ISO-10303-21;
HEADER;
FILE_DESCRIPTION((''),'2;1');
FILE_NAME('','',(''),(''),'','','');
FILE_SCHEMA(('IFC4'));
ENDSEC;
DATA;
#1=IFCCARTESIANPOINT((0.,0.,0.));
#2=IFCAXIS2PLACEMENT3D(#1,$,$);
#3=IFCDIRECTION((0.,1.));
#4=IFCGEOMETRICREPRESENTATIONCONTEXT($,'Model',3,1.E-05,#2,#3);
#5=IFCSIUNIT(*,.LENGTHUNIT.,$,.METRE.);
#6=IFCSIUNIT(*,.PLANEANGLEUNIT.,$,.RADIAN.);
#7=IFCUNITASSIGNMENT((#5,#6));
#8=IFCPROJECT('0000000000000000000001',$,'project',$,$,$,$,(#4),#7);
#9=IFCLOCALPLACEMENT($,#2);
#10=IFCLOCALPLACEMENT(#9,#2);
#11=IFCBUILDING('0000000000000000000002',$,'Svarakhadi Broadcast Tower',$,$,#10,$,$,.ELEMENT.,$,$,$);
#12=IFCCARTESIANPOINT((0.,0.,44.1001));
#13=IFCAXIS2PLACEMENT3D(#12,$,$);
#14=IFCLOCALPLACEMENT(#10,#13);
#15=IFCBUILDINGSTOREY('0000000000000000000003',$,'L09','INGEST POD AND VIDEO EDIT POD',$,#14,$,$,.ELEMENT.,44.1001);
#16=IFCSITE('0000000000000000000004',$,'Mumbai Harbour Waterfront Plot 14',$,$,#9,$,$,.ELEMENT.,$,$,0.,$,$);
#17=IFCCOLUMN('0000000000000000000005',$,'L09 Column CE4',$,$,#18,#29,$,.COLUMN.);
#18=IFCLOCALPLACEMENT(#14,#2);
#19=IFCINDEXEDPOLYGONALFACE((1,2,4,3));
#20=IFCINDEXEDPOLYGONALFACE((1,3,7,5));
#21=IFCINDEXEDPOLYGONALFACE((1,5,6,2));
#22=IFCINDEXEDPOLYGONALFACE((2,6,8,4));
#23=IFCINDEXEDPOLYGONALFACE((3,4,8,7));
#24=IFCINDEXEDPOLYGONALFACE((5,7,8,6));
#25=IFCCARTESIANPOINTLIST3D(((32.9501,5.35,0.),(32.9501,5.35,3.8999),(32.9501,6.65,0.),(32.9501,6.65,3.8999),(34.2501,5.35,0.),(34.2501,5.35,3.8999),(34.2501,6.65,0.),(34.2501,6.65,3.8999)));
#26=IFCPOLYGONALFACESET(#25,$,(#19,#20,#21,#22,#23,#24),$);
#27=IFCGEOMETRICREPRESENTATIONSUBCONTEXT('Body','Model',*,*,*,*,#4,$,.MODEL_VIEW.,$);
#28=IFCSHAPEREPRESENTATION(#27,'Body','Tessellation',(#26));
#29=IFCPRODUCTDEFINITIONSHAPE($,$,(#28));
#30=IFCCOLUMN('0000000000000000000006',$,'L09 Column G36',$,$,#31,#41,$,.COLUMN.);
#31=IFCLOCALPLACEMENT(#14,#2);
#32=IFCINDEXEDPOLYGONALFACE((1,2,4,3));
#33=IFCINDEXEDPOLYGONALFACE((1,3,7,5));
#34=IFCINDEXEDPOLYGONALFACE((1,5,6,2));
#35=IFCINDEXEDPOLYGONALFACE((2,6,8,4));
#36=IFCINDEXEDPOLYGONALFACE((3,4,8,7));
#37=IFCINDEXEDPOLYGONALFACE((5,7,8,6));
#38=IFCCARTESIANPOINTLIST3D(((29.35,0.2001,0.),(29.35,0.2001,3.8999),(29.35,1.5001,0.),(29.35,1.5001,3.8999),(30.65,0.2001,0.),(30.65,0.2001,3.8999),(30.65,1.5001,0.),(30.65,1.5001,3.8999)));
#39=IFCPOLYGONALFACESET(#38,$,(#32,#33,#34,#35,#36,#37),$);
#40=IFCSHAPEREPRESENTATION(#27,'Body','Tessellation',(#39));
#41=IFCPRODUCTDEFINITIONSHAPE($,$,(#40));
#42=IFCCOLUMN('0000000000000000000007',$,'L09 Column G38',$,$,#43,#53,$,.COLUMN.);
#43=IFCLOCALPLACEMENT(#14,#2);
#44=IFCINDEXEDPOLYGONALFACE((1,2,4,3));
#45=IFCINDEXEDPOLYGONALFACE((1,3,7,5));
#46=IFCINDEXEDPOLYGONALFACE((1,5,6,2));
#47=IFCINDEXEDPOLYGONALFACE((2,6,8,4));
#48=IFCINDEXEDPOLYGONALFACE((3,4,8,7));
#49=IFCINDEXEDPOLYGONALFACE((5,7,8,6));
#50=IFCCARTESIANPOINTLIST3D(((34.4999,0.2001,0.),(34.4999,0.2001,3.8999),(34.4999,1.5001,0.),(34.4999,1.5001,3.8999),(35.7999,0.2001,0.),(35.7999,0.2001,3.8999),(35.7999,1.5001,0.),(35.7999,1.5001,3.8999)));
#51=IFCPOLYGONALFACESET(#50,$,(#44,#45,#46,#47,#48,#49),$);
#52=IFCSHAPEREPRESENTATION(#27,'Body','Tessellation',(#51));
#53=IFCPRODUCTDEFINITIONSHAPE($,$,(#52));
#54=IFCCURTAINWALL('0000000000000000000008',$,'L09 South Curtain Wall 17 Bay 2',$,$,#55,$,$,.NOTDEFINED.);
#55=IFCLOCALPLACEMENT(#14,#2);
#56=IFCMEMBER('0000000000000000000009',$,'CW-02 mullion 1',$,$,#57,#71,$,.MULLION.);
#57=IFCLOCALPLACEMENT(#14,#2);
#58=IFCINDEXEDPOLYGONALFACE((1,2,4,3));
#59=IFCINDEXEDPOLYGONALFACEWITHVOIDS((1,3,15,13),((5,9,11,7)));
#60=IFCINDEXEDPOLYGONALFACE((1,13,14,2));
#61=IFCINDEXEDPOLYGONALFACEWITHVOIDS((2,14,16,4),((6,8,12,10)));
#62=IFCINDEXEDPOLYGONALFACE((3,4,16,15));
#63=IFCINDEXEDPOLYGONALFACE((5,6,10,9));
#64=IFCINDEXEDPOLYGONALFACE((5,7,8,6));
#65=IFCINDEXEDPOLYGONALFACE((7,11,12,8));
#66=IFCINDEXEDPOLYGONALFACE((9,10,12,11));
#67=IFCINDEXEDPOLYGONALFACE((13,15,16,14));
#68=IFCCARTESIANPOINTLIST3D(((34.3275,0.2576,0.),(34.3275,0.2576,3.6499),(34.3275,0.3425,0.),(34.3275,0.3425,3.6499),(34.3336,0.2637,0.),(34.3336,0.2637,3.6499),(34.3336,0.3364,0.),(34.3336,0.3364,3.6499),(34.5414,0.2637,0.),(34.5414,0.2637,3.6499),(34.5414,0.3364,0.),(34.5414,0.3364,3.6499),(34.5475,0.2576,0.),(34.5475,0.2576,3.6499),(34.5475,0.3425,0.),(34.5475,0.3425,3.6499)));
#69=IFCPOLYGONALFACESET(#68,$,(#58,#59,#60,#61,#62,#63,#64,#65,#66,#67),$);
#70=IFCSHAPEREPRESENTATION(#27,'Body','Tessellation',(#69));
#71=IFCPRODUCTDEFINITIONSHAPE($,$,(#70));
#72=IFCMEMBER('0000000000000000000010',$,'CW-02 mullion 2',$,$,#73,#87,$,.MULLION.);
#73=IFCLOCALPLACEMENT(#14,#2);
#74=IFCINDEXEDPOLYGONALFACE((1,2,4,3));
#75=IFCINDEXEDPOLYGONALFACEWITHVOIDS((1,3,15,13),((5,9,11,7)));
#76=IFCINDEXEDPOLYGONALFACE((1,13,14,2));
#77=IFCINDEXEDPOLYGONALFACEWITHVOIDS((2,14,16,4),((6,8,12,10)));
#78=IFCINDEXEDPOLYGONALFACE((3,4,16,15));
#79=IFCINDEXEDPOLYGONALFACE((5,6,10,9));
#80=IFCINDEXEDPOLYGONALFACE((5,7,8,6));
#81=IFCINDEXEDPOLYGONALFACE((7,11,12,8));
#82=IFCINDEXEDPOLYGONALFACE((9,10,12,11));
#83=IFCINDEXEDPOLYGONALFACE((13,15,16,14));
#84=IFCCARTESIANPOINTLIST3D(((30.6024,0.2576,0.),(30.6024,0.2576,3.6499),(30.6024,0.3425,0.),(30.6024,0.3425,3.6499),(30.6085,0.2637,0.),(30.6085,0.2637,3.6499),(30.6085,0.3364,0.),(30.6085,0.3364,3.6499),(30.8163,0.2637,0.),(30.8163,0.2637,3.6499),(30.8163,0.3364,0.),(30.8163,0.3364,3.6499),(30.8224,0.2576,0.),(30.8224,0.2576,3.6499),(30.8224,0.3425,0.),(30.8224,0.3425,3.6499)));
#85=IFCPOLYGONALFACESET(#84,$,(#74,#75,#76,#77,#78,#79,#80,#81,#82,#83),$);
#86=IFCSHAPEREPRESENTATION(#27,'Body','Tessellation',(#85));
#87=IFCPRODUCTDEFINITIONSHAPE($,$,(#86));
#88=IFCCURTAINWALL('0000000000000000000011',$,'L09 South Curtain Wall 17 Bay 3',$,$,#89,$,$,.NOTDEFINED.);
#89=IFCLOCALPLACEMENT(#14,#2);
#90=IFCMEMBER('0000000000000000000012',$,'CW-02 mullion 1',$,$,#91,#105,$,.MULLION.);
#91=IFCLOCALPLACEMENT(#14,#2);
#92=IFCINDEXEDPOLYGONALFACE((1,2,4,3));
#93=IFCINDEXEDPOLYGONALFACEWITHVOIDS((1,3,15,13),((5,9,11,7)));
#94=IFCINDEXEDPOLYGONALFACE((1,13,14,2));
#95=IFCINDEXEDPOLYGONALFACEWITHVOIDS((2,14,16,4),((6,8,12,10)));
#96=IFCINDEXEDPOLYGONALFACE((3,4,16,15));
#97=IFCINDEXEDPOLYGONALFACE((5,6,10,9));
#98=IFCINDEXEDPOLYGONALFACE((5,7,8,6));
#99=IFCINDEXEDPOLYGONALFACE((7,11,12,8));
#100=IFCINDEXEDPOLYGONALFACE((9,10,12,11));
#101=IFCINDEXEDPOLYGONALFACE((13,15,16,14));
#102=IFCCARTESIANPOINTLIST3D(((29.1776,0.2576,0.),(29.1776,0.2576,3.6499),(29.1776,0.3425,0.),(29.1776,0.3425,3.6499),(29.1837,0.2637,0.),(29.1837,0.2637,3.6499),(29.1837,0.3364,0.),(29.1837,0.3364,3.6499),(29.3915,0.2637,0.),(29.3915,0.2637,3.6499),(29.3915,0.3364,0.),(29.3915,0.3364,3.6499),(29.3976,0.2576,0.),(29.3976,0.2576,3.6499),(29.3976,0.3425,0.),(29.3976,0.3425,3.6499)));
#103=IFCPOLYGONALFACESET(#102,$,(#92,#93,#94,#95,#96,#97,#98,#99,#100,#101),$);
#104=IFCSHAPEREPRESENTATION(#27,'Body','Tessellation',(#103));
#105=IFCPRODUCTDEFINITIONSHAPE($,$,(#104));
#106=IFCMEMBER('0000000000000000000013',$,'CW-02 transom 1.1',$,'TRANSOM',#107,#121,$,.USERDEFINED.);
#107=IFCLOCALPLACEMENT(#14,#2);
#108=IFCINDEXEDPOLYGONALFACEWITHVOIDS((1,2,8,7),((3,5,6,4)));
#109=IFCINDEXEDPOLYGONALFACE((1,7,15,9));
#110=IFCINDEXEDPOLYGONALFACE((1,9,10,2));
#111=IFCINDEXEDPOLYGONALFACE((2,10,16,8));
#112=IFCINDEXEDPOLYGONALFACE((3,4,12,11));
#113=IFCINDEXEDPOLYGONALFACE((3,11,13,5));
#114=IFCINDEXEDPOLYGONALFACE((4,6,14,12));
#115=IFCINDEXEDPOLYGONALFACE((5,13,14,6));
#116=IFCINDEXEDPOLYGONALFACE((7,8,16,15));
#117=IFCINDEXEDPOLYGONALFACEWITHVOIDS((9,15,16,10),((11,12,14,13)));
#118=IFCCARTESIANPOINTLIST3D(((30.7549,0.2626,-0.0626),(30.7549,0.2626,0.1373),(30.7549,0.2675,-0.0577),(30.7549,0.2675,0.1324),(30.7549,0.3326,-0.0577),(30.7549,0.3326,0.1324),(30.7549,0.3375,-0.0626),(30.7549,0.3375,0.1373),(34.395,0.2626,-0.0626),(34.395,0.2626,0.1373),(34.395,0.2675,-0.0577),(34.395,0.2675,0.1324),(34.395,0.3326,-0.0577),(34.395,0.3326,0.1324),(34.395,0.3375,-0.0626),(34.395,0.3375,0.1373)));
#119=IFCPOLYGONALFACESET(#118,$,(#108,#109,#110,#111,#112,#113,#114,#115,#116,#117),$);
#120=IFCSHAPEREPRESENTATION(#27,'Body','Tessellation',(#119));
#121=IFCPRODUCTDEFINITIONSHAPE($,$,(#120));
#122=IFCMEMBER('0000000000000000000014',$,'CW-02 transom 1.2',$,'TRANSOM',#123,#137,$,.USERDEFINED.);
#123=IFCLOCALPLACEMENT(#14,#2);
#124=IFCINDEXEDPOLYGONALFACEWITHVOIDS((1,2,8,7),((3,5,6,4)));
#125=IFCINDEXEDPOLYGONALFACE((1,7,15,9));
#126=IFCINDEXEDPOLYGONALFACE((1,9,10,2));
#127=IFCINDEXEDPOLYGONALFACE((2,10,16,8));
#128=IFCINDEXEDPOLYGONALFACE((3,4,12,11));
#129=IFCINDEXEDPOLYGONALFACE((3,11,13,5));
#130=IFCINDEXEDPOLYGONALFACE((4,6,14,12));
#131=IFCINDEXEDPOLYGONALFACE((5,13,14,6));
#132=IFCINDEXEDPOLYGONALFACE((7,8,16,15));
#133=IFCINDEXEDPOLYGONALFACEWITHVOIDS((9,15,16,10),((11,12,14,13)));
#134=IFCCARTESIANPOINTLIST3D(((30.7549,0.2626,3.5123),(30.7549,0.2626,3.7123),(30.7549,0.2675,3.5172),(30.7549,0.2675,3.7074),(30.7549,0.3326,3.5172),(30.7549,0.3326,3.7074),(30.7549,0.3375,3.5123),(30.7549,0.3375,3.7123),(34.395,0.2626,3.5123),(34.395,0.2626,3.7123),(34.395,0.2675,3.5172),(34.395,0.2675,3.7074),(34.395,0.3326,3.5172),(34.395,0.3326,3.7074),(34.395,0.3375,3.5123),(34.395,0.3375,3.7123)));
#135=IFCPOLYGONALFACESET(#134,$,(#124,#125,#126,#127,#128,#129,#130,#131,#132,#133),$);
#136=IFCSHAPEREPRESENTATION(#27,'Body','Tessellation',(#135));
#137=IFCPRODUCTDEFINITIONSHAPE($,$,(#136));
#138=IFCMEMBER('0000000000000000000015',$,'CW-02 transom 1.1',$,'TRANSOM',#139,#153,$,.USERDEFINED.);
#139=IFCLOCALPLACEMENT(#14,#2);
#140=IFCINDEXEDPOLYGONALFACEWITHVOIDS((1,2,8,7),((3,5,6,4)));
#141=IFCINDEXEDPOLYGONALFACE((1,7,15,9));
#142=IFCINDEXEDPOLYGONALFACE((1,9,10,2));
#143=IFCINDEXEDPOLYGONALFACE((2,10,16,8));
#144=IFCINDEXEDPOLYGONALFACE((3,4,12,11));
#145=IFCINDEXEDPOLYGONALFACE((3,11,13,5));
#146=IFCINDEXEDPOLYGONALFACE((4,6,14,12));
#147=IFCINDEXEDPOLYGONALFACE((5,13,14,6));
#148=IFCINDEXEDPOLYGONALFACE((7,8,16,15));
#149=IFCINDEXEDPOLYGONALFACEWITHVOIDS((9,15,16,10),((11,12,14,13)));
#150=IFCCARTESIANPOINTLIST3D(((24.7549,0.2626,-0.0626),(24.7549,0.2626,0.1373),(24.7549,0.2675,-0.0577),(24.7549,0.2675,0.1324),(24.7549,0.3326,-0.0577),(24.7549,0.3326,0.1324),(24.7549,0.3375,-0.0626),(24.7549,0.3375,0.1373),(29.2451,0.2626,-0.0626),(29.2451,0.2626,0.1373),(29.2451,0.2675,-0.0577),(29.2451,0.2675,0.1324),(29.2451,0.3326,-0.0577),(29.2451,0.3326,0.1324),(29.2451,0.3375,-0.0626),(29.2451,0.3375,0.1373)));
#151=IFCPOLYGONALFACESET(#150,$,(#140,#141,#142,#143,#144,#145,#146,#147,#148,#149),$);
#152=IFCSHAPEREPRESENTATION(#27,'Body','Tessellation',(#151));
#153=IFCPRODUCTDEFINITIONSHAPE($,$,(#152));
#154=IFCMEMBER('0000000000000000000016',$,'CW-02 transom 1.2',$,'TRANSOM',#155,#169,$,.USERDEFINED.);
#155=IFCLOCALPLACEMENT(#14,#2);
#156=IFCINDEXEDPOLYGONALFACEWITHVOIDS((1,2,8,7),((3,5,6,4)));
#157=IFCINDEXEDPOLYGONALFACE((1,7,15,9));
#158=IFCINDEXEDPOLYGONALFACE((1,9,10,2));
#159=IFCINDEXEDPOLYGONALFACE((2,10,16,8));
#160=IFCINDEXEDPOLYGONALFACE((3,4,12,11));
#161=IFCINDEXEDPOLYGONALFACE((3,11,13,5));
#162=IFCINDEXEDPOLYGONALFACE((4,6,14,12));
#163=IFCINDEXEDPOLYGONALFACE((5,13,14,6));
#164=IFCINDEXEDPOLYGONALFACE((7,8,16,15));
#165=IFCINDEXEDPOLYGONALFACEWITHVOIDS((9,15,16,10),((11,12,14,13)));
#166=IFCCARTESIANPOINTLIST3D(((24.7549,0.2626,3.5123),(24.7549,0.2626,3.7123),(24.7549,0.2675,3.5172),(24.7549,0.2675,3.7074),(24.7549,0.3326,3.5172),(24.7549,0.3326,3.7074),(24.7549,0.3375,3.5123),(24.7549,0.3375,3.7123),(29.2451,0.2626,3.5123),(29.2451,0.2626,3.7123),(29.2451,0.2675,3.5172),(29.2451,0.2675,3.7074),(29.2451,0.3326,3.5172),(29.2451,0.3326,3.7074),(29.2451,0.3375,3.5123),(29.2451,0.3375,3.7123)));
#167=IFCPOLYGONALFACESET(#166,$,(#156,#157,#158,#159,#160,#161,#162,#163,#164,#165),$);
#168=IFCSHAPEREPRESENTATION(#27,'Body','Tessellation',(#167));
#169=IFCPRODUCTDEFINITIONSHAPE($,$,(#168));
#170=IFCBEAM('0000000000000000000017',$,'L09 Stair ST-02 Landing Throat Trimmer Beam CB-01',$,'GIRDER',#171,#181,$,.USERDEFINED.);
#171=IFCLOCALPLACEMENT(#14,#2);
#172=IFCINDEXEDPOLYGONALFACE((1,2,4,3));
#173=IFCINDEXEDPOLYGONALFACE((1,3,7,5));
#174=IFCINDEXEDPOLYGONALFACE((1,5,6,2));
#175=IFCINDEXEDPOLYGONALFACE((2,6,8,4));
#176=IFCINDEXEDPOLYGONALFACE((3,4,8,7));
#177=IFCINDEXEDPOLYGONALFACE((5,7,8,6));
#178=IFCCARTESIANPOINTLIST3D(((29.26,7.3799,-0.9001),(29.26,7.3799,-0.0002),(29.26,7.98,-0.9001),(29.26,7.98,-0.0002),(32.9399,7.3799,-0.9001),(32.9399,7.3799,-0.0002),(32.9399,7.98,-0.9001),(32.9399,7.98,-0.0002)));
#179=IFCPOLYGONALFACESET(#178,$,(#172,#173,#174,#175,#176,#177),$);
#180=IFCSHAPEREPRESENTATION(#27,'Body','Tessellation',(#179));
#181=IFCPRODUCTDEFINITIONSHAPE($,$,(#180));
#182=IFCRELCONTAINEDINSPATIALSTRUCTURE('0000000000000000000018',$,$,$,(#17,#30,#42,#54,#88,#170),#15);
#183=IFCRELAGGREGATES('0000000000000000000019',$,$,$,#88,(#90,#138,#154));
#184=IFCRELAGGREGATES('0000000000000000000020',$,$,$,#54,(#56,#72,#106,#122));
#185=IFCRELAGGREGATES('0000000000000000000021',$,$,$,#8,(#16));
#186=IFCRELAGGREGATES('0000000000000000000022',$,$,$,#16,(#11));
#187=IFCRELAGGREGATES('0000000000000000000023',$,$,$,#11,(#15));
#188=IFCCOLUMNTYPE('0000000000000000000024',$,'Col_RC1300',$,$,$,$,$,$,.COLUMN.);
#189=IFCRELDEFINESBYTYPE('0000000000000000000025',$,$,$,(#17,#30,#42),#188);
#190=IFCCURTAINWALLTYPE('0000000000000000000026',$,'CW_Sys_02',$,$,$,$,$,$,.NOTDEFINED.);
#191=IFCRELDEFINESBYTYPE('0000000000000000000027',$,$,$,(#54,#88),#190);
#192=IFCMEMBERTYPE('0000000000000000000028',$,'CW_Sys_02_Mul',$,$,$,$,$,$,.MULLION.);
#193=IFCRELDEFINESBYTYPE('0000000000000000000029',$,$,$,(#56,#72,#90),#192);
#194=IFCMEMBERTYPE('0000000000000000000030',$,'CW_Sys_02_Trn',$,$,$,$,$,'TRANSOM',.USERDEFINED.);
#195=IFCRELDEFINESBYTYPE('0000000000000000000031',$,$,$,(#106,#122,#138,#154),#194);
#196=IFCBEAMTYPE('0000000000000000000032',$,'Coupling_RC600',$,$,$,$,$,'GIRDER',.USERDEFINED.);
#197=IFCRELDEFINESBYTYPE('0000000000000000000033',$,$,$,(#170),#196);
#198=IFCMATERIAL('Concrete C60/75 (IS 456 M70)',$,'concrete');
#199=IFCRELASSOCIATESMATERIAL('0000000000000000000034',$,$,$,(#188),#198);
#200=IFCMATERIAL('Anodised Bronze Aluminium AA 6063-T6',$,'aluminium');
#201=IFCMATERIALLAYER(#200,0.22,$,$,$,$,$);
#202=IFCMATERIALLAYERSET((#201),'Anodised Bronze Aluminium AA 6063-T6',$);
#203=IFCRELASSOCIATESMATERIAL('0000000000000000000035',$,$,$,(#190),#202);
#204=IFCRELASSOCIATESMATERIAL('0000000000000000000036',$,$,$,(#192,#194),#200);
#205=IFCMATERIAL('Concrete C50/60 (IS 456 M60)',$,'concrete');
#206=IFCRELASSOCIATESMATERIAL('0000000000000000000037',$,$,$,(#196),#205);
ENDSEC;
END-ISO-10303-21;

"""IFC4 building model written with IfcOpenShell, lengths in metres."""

from ifc_helpers import new_model, si_unit, direction, frame, origin, origin_2d, place, context, subcontext, project, spatial, rectangle, hollow_rectangle, extrude, material, layer, layer_set, material_profile, profile_set, type_object, element, aggregate, save


model = new_model("IFC4")

# Units and contexts
model_context = context("Model", 3, precision=1e-05, world=origin(), true_north=direction((0.0, 1.0)))
body_context = subcontext(model_context, "Body", "Model", "MODEL_VIEW")
ifc_project = project(units=[si_unit("LENGTHUNIT", "METRE"), si_unit("PLANEANGLEUNIT", "RADIAN")], contexts=[model_context])

# Site, building, storey
site_placement = place(None, origin())
site = spatial("IfcSite", under=ifc_project, at=site_placement, Name="Mumbai Harbour Waterfront Plot 14", CompositionType="ELEMENT", RefElevation=0.0)
building_placement = place(site_placement, origin())
building = spatial("IfcBuilding", under=site, at=building_placement, Name="Svarakhadi Broadcast Tower", CompositionType="ELEMENT")
storey_placement = place(building_placement, frame((0.0, 0.0, 44.1001)))
storey = spatial("IfcBuildingStorey", under=building, at=storey_placement, Name="L09", Description="INGEST POD AND VIDEO EDIT POD", CompositionType="ELEMENT", Elevation=44.1001)

# Columns
ifc_material_1 = material(Name="Concrete C60/75 (IS 456 M70)", Category="concrete")
ifc_material_profile_1 = material_profile(ifc_material_1, rectangle(XDim=1.3, YDim=1.3, at=origin_2d()), Name="RC 1300x1300")
ifc_profile_set_1 = profile_set([ifc_material_profile_1], Name="Concrete C60/75 (IS 456 M70)")
column_type = type_object("IfcColumnType", Name="Col_RC1300", PredefinedType="COLUMN", material=ifc_profile_set_1)
for number, where, z_axis, x_axis, name in (
    (1, (33.6001, 6.0, 0.0), (0.0, 0.0, 1.0), (1.0, 0.0, 0.0), "L09 Column CE4"),
    (2, (30.0, 0.8501, 0.0), (0.0, 0.0, 1.0), (1.0, 0.0, 0.0), "L09 Column G36"),
    (3, (35.1499, 0.8501, 0.0), (0.0, 0.0, 1.0), (1.0, 0.0, 0.0), "L09 Column G38"),
):
    element("IfcColumn", number, at=place(storey_placement, frame(where, z_axis=z_axis, x_axis=x_axis)), inside=storey, type_object=column_type, Name=name, PredefinedType="COLUMN", context=body_context, shape_type="SweptSolid", body=[
        extrude(rectangle(XDim=1.3, YDim=1.3, at=origin_2d()), origin(), (0.0, 0.0, 1.0), 3.8999),
    ])

# Curtain wall, members
ifc_material_2 = material(Name="Anodised Bronze Aluminium AA 6063-T6", Category="aluminium")
ifc_layer_1 = layer(ifc_material_2, 0.22)
ifc_layer_set_1 = layer_set([ifc_layer_1], Name="Anodised Bronze Aluminium AA 6063-T6")
curtain_wall_type = type_object("IfcCurtainWallType", Name="CW_Sys_02", PredefinedType="NOTDEFINED", material=ifc_layer_set_1)
curtain_wall_1_placement = place(storey_placement, origin())
curtain_wall_1 = element("IfcCurtainWall", 4, at=curtain_wall_1_placement, inside=storey, type_object=curtain_wall_type, Name="L09 South Curtain Wall 17 Bay 2", PredefinedType="NOTDEFINED")
ifc_material_profile_2 = material_profile(ifc_material_2, hollow_rectangle(XDim=0.085, YDim=0.22, WallThickness=0.0061, at=origin_2d()), Name="ALU MULLION 220x85x6")
ifc_profile_set_2 = profile_set([ifc_material_profile_2], Name="Anodised Bronze Aluminium AA 6063-T6")
member_type_1 = type_object("IfcMemberType", Name="CW_Sys_02_Mul", PredefinedType="MULLION", material=ifc_profile_set_2)
member_1_placement = place(storey_placement, frame((34.4375, 0.3, 0.0), z_axis=(0.0, 0.0, 1.0), x_axis=(0.0, -1.0, 0.0)))
member_1 = element("IfcMember", 5, at=member_1_placement, type_object=member_type_1, Name="CW-02 mullion 1", PredefinedType="MULLION", context=body_context, shape_type="SweptSolid", body=[
    extrude(hollow_rectangle(XDim=0.085, YDim=0.22, WallThickness=0.0061, at=origin_2d()), origin(), (0.0, 0.0, 1.0), 3.6499),
])
member_2_placement = place(storey_placement, frame((30.7124, 0.3, 0.0), z_axis=(0.0, 0.0, 1.0), x_axis=(0.0, -1.0, 0.0)))
member_2 = element("IfcMember", 6, at=member_2_placement, type_object=member_type_1, Name="CW-02 mullion 2", PredefinedType="MULLION", context=body_context, shape_type="SweptSolid", body=[
    extrude(hollow_rectangle(XDim=0.085, YDim=0.22, WallThickness=0.0061, at=origin_2d()), origin(), (0.0, 0.0, 1.0), 3.6499),
])

# Curtain wall, member
curtain_wall_2_placement = place(storey_placement, origin())
curtain_wall_2 = element("IfcCurtainWall", 7, at=curtain_wall_2_placement, inside=storey, type_object=curtain_wall_type, Name="L09 South Curtain Wall 17 Bay 3", PredefinedType="NOTDEFINED")
member_3_placement = place(storey_placement, frame((29.2876, 0.3, 0.0), z_axis=(0.0, 0.0, 1.0), x_axis=(0.0, -1.0, 0.0)))
member_3 = element("IfcMember", 8, at=member_3_placement, type_object=member_type_1, Name="CW-02 mullion 1", PredefinedType="MULLION", context=body_context, shape_type="SweptSolid", body=[
    extrude(hollow_rectangle(XDim=0.085, YDim=0.22, WallThickness=0.0061, at=origin_2d()), origin(), (0.0, 0.0, 1.0), 3.6499),
])

# Members
ifc_material_profile_3 = material_profile(ifc_material_2, hollow_rectangle(XDim=0.075, YDim=0.2, WallThickness=0.0049, at=origin_2d()), Name="ALU TRANSOM 200x75x5")
ifc_profile_set_3 = profile_set([ifc_material_profile_3], Name="Anodised Bronze Aluminium AA 6063-T6")
member_type_2 = type_object("IfcMemberType", Name="CW_Sys_02_Trn", ElementType="TRANSOM", PredefinedType="USERDEFINED", material=ifc_profile_set_3)
member_4_placement = place(storey_placement, frame((34.395, 0.3, 0.0374), z_axis=(-1.0, 0.0, 0.0), x_axis=(0.0, -1.0, 0.0)))
member_4 = element("IfcMember", 9, at=member_4_placement, type_object=member_type_2, Name="CW-02 transom 1.1", ObjectType="TRANSOM", PredefinedType="USERDEFINED", context=body_context, shape_type="SweptSolid", body=[
    extrude(hollow_rectangle(XDim=0.075, YDim=0.2, WallThickness=0.0049, at=origin_2d()), origin(), (0.0, 0.0, 1.0), 3.6401),
])
member_5_placement = place(storey_placement, frame((34.395, 0.3, 3.6123), z_axis=(-1.0, 0.0, 0.0), x_axis=(0.0, -1.0, 0.0)))
member_5 = element("IfcMember", 10, at=member_5_placement, type_object=member_type_2, Name="CW-02 transom 1.2", ObjectType="TRANSOM", PredefinedType="USERDEFINED", context=body_context, shape_type="SweptSolid", body=[
    extrude(hollow_rectangle(XDim=0.075, YDim=0.2, WallThickness=0.0049, at=origin_2d()), origin(), (0.0, 0.0, 1.0), 3.6401),
])
member_6_placement = place(storey_placement, frame((29.2451, 0.3, 0.0374), z_axis=(-1.0, 0.0, 0.0), x_axis=(0.0, -1.0, 0.0)))
member_6 = element("IfcMember", 11, at=member_6_placement, type_object=member_type_2, Name="CW-02 transom 1.1", ObjectType="TRANSOM", PredefinedType="USERDEFINED", context=body_context, shape_type="SweptSolid", body=[
    extrude(hollow_rectangle(XDim=0.075, YDim=0.2, WallThickness=0.0049, at=origin_2d()), origin(), (0.0, 0.0, 1.0), 4.4902),
])
member_7_placement = place(storey_placement, frame((29.2451, 0.3, 3.6123), z_axis=(-1.0, 0.0, 0.0), x_axis=(0.0, -1.0, 0.0)))
member_7 = element("IfcMember", 12, at=member_7_placement, type_object=member_type_2, Name="CW-02 transom 1.2", ObjectType="TRANSOM", PredefinedType="USERDEFINED", context=body_context, shape_type="SweptSolid", body=[
    extrude(hollow_rectangle(XDim=0.075, YDim=0.2, WallThickness=0.0049, at=origin_2d()), origin(), (0.0, 0.0, 1.0), 4.4902),
])
aggregate(curtain_wall_2, [member_3, member_6, member_7])

# Beam
ifc_material_3 = material(Name="Concrete C50/60 (IS 456 M60)", Category="concrete")
ifc_material_profile_4 = material_profile(ifc_material_3, rectangle(XDim=0.6001, YDim=0.8999, at=origin_2d()), Name="RC 600x900")
ifc_profile_set_4 = profile_set([ifc_material_profile_4], Name="Concrete C50/60 (IS 456 M60)")
beam_type_1 = type_object("IfcBeamType", Name="Coupling_RC600", ElementType="GIRDER", PredefinedType="USERDEFINED", material=ifc_profile_set_4)
beam_1_placement = place(storey_placement, frame((29.26, 7.6799, -0.4502), z_axis=(1.0, 0.0, 0.0), x_axis=(0.0, 1.0, 0.0)))
element("IfcBeam", 13, at=beam_1_placement, inside=storey, type_object=beam_type_1, Name="L09 Stair ST-02 Landing Throat Trimmer Beam CB-01", ObjectType="GIRDER", PredefinedType="USERDEFINED", context=body_context, shape_type="SweptSolid", body=[
    extrude(rectangle(XDim=0.6001, YDim=0.8999, at=origin_2d()), origin(), (0.0, 0.0, 1.0), 3.6799),
])

aggregate(curtain_wall_1, [member_1, member_2, member_4, member_5])

save(model, "model.ifc")
